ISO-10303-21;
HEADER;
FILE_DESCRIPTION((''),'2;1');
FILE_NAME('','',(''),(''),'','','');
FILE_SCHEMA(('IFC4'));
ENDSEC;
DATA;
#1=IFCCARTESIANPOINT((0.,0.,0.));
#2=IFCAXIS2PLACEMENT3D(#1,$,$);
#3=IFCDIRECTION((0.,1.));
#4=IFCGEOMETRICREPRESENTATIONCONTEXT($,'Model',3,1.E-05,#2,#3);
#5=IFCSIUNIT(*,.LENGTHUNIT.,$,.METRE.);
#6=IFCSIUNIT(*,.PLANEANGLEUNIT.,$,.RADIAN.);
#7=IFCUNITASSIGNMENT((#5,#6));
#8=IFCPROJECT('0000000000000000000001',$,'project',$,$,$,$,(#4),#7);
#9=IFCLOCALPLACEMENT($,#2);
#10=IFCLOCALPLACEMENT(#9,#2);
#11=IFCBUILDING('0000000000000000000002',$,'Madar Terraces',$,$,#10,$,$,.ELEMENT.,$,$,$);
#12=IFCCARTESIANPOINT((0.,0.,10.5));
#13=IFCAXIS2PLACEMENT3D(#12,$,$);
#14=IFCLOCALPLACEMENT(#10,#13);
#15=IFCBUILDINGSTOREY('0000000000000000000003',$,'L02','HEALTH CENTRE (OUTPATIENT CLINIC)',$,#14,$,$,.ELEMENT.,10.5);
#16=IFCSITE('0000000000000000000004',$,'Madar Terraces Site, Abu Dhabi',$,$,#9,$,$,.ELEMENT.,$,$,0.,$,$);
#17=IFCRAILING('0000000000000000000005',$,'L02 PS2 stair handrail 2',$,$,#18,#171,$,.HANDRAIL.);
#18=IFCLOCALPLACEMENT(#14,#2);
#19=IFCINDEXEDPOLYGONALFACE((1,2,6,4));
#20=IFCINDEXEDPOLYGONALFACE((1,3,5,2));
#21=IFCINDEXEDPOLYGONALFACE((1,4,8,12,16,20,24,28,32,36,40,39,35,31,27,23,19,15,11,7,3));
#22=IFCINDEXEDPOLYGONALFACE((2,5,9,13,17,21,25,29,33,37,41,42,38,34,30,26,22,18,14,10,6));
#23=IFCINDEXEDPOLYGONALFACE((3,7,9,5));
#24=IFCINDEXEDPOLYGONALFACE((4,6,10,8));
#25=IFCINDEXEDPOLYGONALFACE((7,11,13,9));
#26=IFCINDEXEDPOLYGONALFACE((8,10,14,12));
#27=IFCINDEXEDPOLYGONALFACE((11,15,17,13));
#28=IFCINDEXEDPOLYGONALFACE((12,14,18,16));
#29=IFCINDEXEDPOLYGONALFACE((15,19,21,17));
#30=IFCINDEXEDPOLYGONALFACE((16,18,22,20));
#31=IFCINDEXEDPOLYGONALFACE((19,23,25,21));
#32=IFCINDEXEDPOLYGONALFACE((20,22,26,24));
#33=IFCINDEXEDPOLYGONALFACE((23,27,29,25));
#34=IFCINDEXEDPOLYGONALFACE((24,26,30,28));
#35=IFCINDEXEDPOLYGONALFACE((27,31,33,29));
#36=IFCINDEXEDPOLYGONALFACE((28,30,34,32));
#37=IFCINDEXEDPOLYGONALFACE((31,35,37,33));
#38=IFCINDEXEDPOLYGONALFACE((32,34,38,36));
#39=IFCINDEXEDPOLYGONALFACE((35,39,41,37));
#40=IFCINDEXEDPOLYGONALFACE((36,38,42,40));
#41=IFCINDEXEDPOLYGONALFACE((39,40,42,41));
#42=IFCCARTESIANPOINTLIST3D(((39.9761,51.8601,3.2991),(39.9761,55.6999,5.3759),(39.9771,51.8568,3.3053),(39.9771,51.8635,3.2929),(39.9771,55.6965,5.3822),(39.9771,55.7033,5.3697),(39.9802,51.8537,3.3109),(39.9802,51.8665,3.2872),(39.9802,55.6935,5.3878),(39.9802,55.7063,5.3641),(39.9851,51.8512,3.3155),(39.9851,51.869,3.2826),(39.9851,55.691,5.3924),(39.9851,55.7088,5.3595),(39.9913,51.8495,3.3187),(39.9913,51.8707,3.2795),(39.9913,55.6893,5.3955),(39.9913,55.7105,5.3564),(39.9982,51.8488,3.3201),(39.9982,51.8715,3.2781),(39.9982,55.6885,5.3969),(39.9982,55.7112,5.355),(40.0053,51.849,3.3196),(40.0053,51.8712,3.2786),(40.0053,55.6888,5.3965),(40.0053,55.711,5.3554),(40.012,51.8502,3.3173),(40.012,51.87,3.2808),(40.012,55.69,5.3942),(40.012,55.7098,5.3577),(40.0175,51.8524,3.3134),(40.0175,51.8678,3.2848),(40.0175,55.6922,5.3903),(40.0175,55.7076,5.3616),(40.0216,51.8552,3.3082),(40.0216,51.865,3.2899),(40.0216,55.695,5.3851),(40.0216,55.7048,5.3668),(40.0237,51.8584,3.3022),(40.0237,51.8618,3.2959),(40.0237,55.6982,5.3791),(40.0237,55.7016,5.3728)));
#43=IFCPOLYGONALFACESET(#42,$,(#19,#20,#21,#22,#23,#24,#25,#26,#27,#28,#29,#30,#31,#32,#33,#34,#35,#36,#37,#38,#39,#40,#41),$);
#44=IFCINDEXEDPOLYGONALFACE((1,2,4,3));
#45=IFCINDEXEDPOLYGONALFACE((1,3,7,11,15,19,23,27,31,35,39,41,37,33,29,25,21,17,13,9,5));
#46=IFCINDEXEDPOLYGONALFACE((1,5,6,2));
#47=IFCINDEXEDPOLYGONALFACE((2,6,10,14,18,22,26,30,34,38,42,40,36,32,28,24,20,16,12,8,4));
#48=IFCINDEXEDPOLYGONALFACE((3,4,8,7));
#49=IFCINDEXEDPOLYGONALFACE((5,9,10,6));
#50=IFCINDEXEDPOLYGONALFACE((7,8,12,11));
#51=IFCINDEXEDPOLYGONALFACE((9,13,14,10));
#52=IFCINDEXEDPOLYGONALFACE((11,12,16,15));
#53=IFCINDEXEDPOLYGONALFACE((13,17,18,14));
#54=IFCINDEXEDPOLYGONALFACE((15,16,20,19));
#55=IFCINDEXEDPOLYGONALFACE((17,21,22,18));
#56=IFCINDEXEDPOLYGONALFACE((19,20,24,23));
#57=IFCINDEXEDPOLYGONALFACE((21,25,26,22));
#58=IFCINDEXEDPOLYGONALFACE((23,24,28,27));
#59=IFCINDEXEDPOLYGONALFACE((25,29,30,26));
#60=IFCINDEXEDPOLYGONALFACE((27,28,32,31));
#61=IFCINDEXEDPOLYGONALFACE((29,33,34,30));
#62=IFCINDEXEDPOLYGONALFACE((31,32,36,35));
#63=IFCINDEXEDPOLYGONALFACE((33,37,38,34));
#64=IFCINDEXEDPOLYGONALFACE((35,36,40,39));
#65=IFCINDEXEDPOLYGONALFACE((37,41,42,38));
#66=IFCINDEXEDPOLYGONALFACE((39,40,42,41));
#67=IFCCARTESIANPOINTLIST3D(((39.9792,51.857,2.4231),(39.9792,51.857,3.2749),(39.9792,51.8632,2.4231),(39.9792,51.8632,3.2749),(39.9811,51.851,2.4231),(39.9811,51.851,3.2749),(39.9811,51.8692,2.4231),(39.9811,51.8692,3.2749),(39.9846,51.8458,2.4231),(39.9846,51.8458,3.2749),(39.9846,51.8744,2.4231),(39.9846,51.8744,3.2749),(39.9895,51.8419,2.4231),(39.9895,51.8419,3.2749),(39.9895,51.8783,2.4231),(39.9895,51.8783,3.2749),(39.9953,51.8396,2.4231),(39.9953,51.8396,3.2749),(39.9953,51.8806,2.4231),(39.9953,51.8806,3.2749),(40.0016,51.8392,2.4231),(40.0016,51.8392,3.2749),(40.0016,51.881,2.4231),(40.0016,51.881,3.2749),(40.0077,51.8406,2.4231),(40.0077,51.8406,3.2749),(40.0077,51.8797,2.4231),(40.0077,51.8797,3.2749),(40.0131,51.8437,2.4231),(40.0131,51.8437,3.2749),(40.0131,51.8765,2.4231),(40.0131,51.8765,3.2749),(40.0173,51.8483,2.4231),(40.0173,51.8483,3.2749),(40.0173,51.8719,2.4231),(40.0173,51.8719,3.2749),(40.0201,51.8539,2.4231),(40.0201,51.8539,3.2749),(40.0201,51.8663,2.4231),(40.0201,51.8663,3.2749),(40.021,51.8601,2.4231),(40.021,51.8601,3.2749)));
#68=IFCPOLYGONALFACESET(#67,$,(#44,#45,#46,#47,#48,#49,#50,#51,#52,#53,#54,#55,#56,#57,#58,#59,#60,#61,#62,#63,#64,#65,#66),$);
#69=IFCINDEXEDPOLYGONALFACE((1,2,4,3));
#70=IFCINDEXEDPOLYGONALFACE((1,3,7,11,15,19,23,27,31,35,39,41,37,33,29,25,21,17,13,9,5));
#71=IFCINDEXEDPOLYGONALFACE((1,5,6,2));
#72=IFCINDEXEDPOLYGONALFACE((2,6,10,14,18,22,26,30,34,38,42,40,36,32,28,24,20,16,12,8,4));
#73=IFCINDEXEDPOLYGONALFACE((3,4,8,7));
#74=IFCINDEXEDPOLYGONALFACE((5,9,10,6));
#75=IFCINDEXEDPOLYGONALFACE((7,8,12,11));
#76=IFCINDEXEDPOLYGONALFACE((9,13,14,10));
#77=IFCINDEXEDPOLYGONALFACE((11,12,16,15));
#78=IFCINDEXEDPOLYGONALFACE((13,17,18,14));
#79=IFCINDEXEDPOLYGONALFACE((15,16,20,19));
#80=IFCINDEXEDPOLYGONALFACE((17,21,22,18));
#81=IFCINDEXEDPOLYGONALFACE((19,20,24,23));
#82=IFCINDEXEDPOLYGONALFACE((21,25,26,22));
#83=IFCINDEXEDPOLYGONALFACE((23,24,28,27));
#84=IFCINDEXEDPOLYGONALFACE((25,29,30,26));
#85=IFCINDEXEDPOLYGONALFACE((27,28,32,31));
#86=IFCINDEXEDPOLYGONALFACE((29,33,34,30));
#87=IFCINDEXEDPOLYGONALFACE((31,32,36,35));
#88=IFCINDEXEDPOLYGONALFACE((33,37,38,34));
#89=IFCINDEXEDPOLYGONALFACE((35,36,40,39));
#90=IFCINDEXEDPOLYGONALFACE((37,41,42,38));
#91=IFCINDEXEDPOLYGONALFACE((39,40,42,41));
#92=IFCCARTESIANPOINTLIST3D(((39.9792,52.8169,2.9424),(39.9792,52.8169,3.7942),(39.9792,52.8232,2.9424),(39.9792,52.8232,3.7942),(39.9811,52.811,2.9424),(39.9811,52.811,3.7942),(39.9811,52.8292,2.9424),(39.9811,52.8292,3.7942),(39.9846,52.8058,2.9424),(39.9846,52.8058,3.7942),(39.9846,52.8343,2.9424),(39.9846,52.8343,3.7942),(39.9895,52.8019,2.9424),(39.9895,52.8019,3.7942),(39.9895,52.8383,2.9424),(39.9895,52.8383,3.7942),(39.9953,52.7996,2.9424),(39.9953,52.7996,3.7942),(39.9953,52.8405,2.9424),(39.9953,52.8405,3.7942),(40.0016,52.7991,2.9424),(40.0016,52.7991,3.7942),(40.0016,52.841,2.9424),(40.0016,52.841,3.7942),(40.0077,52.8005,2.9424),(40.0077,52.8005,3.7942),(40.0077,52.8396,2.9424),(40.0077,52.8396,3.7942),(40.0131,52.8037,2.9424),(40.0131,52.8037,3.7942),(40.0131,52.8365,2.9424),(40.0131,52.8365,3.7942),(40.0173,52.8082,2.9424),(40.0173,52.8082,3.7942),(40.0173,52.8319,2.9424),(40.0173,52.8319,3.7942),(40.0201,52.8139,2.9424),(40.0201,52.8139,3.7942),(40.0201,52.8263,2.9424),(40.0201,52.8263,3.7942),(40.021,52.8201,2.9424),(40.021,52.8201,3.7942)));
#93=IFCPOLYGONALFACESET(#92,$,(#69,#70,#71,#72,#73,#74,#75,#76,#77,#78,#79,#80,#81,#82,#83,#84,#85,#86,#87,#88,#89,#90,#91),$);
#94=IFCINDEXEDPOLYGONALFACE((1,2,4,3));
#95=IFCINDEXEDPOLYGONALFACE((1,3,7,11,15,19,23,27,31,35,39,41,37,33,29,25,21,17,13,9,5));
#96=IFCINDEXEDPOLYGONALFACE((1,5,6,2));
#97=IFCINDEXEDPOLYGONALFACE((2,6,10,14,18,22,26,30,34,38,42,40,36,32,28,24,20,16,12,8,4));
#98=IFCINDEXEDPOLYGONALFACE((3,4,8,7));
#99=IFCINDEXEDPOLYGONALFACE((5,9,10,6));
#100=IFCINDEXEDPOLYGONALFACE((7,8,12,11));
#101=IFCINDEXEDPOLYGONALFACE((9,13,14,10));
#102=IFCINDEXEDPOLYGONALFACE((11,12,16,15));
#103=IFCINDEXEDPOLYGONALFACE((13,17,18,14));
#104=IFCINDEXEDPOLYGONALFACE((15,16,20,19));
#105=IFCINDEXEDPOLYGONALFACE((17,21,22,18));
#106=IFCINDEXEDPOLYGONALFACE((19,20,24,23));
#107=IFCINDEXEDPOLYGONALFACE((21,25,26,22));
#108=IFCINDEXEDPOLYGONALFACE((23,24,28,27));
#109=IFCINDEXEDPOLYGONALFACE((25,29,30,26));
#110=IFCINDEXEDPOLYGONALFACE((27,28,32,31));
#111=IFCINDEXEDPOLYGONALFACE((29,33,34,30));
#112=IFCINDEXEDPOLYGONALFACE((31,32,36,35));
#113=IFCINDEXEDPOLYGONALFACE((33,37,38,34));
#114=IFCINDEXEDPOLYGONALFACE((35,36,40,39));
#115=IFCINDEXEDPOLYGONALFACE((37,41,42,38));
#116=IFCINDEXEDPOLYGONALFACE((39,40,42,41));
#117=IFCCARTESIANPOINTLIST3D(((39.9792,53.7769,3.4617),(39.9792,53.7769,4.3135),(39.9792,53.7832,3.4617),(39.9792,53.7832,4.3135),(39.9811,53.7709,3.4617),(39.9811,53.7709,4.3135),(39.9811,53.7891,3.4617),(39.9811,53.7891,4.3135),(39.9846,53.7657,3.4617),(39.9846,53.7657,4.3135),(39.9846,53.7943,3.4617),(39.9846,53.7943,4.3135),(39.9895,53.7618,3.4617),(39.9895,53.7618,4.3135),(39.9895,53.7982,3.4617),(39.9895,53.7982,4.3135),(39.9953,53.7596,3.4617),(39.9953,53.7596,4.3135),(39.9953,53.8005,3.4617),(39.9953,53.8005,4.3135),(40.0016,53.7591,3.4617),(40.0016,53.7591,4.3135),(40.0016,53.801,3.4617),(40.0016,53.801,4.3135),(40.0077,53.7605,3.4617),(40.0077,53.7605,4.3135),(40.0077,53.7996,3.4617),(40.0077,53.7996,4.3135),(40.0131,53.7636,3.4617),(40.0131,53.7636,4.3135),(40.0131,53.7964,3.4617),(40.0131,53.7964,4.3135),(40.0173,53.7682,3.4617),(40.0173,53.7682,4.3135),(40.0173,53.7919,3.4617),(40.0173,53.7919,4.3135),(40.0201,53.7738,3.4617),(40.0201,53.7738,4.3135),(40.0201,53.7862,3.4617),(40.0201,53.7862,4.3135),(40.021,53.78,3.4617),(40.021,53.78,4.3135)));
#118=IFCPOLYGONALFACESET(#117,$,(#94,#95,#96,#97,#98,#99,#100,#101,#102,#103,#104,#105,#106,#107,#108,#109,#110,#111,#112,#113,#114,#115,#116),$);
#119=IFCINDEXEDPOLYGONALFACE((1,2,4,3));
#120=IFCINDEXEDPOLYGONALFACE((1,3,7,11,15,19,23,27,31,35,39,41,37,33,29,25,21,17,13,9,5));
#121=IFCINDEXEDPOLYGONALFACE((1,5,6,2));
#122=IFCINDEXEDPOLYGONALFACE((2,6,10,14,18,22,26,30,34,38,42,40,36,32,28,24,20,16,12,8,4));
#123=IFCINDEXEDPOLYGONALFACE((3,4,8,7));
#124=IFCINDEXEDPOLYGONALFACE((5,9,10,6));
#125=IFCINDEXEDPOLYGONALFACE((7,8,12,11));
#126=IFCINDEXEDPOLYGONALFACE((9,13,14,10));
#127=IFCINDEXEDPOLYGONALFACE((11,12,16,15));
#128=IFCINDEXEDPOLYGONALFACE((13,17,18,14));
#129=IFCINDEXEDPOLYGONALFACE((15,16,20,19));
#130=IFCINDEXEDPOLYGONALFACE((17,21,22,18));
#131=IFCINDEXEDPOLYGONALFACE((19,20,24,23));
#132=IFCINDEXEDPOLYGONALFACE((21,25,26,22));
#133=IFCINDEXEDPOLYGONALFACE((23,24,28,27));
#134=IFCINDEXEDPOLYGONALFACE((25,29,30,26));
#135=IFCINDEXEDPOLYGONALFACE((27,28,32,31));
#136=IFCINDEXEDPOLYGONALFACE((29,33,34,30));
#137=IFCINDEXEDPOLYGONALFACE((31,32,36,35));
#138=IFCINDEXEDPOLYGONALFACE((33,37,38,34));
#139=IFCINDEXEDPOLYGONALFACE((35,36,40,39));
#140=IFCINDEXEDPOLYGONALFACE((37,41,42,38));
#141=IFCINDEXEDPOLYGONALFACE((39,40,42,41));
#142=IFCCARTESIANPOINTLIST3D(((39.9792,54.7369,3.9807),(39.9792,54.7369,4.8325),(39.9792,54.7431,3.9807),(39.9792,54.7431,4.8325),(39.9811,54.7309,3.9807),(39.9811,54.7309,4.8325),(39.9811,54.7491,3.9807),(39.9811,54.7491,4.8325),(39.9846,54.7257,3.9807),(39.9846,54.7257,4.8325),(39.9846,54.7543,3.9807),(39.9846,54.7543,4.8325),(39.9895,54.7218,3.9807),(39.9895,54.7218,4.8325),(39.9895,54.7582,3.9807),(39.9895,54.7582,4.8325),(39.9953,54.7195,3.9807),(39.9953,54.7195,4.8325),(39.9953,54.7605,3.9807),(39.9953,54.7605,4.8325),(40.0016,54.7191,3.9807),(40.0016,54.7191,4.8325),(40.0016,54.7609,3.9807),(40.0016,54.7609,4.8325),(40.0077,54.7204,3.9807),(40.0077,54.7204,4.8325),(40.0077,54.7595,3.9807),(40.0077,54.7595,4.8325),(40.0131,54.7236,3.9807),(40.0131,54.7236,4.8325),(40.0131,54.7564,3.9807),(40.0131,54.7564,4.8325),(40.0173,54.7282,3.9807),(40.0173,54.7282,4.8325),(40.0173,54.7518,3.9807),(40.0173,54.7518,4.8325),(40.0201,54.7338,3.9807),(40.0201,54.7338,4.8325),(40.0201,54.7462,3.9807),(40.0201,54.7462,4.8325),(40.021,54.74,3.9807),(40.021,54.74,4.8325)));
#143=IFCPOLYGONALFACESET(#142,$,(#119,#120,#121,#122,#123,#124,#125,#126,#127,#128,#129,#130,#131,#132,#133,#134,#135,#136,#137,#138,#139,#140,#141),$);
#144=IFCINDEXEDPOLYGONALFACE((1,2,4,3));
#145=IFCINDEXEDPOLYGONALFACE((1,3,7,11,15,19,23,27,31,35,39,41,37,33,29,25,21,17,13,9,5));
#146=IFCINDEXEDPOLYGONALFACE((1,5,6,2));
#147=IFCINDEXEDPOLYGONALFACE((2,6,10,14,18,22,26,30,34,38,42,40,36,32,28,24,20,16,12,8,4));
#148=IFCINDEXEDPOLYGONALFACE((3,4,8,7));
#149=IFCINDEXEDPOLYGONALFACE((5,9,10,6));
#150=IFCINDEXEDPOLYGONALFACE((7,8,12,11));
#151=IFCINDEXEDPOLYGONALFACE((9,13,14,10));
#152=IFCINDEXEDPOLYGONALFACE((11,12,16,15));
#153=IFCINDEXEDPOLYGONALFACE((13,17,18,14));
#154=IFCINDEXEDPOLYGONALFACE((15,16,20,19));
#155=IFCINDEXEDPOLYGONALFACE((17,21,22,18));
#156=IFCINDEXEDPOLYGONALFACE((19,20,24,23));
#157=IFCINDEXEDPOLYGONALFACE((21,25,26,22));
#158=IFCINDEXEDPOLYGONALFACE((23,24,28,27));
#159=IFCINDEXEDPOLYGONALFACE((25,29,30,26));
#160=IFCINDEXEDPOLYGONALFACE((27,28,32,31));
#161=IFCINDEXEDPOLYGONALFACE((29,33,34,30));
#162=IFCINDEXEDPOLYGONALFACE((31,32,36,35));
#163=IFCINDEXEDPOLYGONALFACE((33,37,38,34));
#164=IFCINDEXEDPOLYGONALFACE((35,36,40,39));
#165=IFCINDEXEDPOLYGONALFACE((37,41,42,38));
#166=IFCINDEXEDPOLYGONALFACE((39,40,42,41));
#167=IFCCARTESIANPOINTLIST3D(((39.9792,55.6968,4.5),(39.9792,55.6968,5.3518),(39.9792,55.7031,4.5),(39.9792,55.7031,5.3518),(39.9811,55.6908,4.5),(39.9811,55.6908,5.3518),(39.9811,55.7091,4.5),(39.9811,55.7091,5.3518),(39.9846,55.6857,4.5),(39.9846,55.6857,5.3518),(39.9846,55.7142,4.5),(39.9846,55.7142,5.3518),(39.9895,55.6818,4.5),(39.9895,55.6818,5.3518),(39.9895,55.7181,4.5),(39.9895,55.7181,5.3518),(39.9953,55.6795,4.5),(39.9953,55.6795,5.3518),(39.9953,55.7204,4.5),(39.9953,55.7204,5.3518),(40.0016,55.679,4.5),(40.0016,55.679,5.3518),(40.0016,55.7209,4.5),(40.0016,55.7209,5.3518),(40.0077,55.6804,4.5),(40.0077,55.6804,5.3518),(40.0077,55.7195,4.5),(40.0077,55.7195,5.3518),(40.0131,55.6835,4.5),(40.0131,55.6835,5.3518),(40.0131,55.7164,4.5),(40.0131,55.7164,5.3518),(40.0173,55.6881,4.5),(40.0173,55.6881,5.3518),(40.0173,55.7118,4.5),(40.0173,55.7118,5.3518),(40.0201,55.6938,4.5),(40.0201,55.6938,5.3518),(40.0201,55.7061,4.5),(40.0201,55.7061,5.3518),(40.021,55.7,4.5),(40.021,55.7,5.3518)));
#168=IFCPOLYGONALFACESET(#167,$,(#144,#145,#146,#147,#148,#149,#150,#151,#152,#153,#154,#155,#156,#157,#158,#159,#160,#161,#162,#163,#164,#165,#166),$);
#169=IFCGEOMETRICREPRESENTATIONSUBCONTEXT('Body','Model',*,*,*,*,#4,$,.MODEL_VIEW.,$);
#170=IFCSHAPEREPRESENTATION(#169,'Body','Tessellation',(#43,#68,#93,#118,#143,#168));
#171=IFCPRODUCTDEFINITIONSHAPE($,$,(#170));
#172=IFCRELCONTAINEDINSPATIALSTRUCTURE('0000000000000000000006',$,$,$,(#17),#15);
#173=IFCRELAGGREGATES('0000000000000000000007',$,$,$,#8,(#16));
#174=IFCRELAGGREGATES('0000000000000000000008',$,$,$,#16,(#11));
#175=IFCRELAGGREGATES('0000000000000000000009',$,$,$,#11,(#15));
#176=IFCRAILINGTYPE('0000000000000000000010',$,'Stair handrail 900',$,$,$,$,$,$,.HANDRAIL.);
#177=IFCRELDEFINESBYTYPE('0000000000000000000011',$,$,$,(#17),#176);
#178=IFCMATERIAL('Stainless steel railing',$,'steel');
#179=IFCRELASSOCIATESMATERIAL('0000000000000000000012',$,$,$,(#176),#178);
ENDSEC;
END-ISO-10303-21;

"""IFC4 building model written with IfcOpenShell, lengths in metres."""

from ifc_helpers import new_model, si_unit, direction, frame, origin, origin_2d, place, context, subcontext, project, spatial, circle, extrude, material, type_object, element, save


model = new_model("IFC4")

# Units and contexts
model_context = context("Model", 3, precision=1e-05, world=origin(), true_north=direction((0.0, 1.0)))
body_context = subcontext(model_context, "Body", "Model", "MODEL_VIEW")
ifc_project = project(units=[si_unit("LENGTHUNIT", "METRE"), si_unit("PLANEANGLEUNIT", "RADIAN")], contexts=[model_context])

# Site, building, storey
site_placement = place(None, origin())
site = spatial("IfcSite", under=ifc_project, at=site_placement, Name="Madar Terraces Site, Abu Dhabi", CompositionType="ELEMENT", RefElevation=0.0)
building_placement = place(site_placement, origin())
building = spatial("IfcBuilding", under=site, at=building_placement, Name="Madar Terraces", CompositionType="ELEMENT")
storey_placement = place(building_placement, frame((0.0, 0.0, 10.5)))
storey = spatial("IfcBuildingStorey", under=building, at=storey_placement, Name="L02", Description="HEALTH CENTRE (OUTPATIENT CLINIC)", CompositionType="ELEMENT", Elevation=10.5)

# Railing
ifc_material_1 = material(Name="Stainless steel railing", Category="steel")
railing_type_1 = type_object("IfcRailingType", Name="Stair handrail 900", PredefinedType="HANDRAIL", material=ifc_material_1)
railing_1_placement = place(storey_placement, frame((40.0, 51.8601, 2.4231)))
element("IfcRailing", 1, at=railing_1_placement, inside=storey, type_object=railing_type_1, Name="L02 PS2 stair handrail 2", PredefinedType="HANDRAIL", context=body_context, shape_type="SweptSolid", body=[
    extrude(circle(Radius=0.0239, at=origin_2d()), frame((0.0, 0.0, 0.876), z_axis=(0.0, 0.879581, 0.47575), x_axis=(-1.0, 0.0, 0.0)), (0.0, 0.0, 1.0), 4.3655),
    extrude(circle(Radius=0.021, at=origin_2d()), origin(), (0.0, 0.0, 1.0), 0.8518),
    extrude(circle(Radius=0.021, at=origin_2d()), frame((0.0, 0.96, 0.5193)), (0.0, 0.0, 1.0), 0.8518),
    extrude(circle(Radius=0.021, at=origin_2d()), frame((0.0, 1.9199, 1.0386)), (0.0, 0.0, 1.0), 0.8518),
    extrude(circle(Radius=0.021, at=origin_2d()), frame((0.0, 2.8799, 1.5576)), (0.0, 0.0, 1.0), 0.8518),
    extrude(circle(Radius=0.021, at=origin_2d()), frame((0.0, 3.8398, 2.0769)), (0.0, 0.0, 1.0), 0.8518),
])

save(model, "model.ifc")
